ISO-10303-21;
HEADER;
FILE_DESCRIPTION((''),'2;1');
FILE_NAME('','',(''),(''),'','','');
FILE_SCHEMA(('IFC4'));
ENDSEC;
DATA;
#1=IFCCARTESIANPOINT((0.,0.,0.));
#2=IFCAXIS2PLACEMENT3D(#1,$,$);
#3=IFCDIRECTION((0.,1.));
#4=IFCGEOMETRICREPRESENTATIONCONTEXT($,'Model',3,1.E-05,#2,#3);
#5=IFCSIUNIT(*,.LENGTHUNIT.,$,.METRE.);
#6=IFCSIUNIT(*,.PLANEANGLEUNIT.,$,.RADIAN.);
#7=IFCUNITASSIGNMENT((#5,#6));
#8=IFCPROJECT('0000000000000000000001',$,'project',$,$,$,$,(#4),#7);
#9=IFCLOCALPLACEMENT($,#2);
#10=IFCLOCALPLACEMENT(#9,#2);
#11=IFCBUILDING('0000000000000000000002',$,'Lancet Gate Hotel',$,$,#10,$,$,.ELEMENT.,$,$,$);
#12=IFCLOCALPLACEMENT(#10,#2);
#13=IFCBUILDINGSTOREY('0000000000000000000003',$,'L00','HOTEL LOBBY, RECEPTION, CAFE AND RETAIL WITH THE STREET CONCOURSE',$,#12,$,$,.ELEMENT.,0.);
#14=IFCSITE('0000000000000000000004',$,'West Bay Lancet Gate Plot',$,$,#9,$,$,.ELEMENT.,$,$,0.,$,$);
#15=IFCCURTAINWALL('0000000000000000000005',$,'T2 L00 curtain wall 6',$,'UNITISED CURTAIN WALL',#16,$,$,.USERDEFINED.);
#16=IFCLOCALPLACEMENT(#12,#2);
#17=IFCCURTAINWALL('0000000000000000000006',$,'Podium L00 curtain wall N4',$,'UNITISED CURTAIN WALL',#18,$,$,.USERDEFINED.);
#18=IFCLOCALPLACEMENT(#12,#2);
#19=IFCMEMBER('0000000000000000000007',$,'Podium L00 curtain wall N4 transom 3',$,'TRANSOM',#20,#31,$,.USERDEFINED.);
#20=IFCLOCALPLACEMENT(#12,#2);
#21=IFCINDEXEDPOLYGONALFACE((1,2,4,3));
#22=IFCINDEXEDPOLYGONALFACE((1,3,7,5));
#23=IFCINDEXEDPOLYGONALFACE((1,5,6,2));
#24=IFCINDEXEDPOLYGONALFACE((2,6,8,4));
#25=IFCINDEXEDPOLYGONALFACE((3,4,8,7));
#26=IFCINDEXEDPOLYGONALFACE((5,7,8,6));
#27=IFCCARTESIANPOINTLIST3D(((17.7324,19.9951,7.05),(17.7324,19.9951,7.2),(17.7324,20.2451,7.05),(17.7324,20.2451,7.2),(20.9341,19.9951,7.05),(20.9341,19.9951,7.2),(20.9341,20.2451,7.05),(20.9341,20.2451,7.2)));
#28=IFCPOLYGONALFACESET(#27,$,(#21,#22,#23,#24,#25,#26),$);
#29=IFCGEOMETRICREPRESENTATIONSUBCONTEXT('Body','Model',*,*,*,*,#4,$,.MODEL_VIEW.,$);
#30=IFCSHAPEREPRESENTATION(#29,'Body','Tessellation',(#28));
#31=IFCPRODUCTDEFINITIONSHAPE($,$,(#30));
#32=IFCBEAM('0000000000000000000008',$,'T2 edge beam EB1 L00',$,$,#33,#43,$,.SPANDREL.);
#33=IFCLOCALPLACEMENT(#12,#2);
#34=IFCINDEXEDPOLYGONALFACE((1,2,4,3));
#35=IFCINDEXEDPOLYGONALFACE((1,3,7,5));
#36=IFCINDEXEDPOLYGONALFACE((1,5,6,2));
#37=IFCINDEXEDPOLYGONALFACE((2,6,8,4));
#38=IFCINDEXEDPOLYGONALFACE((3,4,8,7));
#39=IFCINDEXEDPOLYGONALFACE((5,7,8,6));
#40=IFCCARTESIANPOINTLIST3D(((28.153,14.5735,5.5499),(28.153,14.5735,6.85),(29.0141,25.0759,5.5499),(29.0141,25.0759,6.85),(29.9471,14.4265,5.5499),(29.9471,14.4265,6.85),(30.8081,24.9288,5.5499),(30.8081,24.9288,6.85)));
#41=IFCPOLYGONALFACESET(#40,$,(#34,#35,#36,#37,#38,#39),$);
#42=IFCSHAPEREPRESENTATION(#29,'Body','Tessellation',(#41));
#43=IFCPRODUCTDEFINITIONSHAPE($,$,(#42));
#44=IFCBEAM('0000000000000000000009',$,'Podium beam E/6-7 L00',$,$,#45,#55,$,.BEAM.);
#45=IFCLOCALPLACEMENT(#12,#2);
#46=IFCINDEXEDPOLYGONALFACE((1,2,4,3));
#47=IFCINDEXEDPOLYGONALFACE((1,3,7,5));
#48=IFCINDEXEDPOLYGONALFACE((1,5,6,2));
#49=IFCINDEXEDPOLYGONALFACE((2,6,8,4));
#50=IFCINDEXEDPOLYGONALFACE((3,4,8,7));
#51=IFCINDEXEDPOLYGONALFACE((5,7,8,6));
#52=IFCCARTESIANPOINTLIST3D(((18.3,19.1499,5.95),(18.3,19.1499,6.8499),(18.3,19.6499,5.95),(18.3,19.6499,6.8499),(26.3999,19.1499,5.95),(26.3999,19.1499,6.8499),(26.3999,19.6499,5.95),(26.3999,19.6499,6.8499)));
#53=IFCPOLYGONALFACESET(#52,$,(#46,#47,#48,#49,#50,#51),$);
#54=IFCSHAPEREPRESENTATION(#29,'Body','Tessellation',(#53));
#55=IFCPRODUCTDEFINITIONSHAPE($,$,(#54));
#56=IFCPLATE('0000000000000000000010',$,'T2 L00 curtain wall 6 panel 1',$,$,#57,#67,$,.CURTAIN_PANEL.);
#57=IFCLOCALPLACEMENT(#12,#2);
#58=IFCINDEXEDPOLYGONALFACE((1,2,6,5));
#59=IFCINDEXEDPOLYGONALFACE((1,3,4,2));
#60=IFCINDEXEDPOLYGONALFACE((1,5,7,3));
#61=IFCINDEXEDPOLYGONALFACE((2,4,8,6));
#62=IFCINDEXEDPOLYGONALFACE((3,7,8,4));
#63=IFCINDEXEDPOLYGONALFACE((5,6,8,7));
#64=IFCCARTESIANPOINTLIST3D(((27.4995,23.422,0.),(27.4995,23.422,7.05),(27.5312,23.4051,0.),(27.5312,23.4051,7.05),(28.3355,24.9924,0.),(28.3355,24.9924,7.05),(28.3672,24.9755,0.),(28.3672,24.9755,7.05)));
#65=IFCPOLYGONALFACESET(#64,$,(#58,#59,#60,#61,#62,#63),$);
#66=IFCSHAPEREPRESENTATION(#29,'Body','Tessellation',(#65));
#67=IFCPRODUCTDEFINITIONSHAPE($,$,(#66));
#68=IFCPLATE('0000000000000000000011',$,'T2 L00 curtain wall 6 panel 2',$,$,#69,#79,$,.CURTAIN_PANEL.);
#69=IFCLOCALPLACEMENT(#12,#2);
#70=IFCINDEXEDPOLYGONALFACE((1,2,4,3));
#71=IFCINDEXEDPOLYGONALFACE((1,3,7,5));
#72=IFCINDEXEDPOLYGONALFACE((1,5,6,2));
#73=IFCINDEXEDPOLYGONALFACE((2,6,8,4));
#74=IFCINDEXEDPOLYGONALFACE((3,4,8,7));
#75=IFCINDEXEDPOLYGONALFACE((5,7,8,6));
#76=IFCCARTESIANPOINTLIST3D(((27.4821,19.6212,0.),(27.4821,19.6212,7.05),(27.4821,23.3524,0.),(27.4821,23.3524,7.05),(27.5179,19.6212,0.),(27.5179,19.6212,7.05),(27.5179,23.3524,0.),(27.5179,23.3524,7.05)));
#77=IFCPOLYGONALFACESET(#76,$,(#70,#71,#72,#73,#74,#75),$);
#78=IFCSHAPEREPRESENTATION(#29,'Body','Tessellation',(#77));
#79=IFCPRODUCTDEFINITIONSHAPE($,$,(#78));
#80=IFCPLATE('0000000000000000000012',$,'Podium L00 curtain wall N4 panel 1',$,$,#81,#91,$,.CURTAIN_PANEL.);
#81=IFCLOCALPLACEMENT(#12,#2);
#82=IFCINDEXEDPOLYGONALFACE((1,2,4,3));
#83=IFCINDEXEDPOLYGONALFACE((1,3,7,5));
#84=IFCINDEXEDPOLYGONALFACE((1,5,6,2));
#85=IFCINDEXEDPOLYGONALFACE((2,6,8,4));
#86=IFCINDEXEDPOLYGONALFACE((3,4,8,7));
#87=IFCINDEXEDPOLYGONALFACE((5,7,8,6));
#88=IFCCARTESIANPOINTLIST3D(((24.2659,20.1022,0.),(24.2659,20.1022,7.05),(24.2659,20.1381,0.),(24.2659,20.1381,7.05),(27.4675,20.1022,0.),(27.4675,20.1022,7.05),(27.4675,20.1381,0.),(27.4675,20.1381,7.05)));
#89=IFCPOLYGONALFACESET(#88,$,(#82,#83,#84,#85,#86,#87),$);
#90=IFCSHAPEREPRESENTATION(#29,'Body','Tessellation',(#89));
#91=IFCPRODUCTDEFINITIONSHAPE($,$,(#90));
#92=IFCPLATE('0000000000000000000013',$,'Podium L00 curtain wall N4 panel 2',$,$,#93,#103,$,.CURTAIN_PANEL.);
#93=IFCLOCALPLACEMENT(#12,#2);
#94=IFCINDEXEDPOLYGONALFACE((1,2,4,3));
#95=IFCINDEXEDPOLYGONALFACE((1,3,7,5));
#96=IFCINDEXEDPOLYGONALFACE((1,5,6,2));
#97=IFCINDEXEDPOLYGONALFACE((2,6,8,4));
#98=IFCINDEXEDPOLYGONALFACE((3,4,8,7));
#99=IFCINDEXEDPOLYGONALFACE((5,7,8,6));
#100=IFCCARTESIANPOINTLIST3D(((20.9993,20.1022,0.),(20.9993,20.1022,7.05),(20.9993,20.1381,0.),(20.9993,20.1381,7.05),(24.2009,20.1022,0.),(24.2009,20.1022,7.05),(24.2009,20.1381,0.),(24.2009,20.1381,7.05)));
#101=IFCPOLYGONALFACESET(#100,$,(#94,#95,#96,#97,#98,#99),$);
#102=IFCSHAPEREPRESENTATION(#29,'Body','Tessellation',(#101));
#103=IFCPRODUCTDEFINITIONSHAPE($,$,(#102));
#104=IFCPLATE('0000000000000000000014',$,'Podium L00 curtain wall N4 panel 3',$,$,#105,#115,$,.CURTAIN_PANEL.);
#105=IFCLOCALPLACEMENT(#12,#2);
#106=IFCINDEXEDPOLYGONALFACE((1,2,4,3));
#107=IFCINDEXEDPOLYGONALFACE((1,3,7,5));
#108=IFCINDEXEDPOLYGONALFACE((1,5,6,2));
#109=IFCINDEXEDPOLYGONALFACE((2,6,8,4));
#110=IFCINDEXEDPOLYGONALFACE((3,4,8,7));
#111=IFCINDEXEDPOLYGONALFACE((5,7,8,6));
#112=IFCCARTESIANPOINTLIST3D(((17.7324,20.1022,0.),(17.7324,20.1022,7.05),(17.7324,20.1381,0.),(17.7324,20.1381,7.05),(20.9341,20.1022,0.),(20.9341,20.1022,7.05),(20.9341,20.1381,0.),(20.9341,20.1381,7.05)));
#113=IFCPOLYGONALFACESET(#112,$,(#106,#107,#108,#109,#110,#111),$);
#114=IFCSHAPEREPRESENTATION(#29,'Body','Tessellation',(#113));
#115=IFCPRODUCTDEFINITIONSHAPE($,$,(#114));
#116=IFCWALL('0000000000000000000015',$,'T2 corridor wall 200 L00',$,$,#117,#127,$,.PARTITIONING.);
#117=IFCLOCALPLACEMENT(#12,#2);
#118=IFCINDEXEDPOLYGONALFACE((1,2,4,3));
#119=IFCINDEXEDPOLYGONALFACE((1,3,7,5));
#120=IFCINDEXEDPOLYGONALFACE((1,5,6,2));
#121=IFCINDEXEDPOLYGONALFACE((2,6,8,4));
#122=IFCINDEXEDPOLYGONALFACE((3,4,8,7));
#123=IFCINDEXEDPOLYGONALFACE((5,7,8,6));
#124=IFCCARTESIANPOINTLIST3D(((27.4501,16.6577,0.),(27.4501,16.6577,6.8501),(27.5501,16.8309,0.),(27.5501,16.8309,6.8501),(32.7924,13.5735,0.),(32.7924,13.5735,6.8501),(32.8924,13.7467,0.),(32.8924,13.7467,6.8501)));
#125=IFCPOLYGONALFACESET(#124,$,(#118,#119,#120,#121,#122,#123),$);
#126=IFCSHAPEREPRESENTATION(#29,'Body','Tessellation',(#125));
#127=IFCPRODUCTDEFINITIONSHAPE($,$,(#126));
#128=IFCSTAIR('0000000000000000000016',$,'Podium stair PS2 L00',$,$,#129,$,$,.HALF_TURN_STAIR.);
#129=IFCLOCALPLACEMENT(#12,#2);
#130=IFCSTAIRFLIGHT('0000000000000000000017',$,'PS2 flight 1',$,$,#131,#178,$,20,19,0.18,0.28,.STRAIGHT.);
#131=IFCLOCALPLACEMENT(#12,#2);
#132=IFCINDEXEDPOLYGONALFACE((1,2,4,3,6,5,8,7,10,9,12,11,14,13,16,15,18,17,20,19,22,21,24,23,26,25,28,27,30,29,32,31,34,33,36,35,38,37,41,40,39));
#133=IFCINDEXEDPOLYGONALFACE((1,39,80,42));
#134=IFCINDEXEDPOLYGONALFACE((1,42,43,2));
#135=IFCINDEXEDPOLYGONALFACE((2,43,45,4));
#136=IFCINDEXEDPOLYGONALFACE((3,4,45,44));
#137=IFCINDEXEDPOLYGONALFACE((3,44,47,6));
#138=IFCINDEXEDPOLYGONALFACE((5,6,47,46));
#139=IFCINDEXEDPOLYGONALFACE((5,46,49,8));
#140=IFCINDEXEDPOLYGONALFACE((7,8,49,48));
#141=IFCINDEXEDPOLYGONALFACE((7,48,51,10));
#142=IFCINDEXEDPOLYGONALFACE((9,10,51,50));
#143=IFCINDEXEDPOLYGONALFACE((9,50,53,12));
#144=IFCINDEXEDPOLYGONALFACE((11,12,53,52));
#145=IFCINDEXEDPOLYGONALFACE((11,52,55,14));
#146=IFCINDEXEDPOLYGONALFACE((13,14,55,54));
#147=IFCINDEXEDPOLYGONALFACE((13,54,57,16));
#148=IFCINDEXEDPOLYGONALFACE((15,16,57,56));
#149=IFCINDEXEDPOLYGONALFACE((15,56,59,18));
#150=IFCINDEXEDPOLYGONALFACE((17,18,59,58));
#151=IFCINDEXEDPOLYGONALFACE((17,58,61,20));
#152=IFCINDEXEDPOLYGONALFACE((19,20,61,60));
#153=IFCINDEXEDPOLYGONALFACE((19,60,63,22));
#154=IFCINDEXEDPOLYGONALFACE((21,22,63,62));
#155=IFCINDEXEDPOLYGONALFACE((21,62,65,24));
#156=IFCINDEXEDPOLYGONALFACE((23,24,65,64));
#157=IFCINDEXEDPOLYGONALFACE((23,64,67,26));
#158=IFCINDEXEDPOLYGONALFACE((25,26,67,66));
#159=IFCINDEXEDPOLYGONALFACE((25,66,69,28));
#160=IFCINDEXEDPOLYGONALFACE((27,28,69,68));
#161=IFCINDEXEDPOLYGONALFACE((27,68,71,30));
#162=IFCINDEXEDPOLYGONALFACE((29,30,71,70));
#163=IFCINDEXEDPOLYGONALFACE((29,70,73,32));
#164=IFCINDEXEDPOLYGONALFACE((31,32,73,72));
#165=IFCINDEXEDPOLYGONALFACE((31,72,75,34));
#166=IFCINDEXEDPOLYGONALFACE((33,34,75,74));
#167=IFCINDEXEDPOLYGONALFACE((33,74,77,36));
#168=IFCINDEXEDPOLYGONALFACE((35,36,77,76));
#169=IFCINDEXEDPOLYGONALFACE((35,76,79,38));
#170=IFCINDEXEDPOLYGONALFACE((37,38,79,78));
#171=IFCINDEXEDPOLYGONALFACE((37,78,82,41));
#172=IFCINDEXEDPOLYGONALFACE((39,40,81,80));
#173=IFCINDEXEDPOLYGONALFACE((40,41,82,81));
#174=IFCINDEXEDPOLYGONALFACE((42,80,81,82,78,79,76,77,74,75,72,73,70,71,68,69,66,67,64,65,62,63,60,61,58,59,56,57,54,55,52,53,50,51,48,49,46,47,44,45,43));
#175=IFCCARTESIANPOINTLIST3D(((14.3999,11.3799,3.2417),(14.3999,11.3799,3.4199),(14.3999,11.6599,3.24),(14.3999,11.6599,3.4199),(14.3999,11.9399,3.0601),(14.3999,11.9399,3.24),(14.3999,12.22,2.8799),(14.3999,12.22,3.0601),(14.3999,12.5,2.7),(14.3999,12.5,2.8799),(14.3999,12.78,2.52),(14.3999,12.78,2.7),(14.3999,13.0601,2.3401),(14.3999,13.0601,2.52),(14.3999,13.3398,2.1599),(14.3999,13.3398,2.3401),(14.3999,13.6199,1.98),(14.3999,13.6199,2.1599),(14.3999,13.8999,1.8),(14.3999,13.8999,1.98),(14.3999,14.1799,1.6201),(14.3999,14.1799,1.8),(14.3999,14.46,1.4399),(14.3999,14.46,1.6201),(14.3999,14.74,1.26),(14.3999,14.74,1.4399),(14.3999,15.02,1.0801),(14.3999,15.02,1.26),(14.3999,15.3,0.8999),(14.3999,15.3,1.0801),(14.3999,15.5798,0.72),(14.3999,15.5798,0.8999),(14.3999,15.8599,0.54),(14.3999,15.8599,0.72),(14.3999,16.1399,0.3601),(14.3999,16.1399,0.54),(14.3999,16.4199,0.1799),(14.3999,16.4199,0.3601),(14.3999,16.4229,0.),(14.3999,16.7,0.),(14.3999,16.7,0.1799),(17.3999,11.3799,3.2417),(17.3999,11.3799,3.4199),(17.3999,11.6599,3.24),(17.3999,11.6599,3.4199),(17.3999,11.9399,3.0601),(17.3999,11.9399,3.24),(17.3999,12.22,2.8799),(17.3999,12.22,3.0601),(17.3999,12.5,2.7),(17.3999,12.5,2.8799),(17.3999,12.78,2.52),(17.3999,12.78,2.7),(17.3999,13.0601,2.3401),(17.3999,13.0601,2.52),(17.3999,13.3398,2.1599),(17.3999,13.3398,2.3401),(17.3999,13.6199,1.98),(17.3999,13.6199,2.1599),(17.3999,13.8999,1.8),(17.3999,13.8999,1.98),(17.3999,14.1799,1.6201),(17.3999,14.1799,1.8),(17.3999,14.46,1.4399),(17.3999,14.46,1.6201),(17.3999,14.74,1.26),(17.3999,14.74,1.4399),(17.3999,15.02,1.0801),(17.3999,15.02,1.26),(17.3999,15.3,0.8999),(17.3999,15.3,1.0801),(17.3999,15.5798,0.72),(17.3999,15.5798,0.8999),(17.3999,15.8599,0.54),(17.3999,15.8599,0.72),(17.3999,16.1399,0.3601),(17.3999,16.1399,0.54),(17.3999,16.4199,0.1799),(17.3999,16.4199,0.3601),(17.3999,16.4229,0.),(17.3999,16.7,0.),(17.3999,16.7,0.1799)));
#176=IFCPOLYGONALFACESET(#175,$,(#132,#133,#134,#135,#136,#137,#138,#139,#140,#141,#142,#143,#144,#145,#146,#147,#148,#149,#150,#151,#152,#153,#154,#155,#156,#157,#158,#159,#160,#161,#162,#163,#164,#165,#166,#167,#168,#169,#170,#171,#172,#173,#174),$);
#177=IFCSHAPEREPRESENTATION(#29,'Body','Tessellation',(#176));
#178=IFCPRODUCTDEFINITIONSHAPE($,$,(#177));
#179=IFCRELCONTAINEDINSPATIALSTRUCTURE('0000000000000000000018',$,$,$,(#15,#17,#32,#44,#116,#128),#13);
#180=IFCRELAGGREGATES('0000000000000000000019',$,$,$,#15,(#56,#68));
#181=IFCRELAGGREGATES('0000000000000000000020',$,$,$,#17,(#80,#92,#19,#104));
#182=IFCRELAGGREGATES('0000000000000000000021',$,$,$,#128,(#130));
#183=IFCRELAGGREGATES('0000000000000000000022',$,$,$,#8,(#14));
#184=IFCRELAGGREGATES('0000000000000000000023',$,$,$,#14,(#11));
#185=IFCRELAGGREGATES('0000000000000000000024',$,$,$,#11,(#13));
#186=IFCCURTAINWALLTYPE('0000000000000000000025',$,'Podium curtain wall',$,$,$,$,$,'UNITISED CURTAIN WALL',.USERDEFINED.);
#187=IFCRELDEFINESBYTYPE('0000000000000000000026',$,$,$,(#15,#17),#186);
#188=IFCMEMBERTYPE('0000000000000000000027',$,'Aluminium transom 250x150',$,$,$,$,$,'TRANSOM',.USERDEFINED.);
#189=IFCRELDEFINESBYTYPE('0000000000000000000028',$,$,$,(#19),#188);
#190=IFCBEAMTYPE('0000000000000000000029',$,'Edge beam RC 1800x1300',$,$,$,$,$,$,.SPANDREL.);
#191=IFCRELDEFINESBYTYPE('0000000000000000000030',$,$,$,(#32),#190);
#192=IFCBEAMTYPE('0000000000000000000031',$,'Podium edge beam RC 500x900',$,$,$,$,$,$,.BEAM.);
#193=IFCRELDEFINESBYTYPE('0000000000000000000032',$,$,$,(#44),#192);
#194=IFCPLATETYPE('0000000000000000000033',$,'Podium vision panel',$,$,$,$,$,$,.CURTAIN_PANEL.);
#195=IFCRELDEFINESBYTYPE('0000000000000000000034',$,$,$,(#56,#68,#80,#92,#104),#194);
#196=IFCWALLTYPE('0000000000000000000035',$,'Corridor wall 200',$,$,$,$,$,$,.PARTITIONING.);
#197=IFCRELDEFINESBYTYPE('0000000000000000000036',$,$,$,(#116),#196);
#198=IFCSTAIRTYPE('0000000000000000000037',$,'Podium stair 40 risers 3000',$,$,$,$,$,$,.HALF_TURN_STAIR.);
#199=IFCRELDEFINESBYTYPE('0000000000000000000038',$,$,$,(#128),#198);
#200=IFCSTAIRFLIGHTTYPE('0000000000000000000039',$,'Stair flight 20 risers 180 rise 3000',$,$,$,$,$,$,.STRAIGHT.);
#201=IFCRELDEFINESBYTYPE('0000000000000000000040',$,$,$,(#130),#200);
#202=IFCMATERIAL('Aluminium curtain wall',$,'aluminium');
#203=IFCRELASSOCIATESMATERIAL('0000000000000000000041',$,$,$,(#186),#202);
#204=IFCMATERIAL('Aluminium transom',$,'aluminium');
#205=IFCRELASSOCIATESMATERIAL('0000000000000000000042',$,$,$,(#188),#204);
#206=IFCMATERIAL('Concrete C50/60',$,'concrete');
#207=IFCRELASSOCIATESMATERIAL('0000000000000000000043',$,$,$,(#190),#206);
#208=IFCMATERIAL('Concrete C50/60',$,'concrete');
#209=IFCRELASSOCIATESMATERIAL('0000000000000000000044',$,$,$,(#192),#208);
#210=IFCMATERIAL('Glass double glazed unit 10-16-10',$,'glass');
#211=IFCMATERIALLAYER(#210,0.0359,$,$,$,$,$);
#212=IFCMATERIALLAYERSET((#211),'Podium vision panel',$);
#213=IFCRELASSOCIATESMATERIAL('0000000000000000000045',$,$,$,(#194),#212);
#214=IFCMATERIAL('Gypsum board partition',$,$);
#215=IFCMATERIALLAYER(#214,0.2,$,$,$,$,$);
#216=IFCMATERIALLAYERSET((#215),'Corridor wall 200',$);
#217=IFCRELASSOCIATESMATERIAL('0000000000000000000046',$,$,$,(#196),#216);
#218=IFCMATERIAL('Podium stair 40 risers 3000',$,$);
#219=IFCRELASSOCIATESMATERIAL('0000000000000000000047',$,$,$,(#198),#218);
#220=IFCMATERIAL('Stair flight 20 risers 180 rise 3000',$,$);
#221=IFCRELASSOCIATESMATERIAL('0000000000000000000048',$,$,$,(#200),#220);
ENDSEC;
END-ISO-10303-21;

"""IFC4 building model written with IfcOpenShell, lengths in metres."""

from ifc_helpers import new_model, si_unit, direction, frame, frame_2d, origin, origin_2d, place, context, subcontext, project, spatial, polyline, rectangle, outline, extrude, material, layer, layer_set, material_profile, profile_set, type_object, element, aggregate, save


model = new_model("IFC4")

# Units and contexts
model_context = context("Model", 3, precision=1e-05, world=origin(), true_north=direction((0.0, 1.0)))
body_context = subcontext(model_context, "Body", "Model", "MODEL_VIEW")
ifc_project = project(units=[si_unit("LENGTHUNIT", "METRE"), si_unit("PLANEANGLEUNIT", "RADIAN")], contexts=[model_context])

# Site, building, storey
site_placement = place(None, origin())
site = spatial("IfcSite", under=ifc_project, at=site_placement, Name="West Bay Lancet Gate Plot", CompositionType="ELEMENT", RefElevation=0.0)
building_placement = place(site_placement, origin())
building = spatial("IfcBuilding", under=site, at=building_placement, Name="Lancet Gate Hotel", CompositionType="ELEMENT")
storey_placement = place(building_placement, origin())
storey = spatial("IfcBuildingStorey", under=building, at=storey_placement, Name="L00", Description="HOTEL LOBBY, RECEPTION, CAFE AND RETAIL WITH THE STREET CONCOURSE", CompositionType="ELEMENT", Elevation=0.0)

# Curtain walls
ifc_material_1 = material(Name="Aluminium curtain wall", Category="aluminium")
curtain_wall_type = type_object("IfcCurtainWallType", Name="Podium curtain wall", ElementType="UNITISED CURTAIN WALL", PredefinedType="USERDEFINED", material=ifc_material_1)
curtain_wall_1_placement = place(storey_placement, origin())
curtain_wall_1 = element("IfcCurtainWall", 1, at=curtain_wall_1_placement, inside=storey, type_object=curtain_wall_type, Name="T2 L00 curtain wall 6", ObjectType="UNITISED CURTAIN WALL", PredefinedType="USERDEFINED")
curtain_wall_2_placement = place(storey_placement, origin())
curtain_wall_2 = element("IfcCurtainWall", 2, at=curtain_wall_2_placement, inside=storey, type_object=curtain_wall_type, Name="Podium L00 curtain wall N4", ObjectType="UNITISED CURTAIN WALL", PredefinedType="USERDEFINED")

# Member
ifc_material_2 = material(Name="Aluminium transom", Category="aluminium")
ifc_material_profile_1 = material_profile(ifc_material_2, rectangle(XDim=0.25, YDim=0.1499, at=origin_2d()), Name="TRANSOM 250x150")
ifc_profile_set_1 = profile_set([ifc_material_profile_1], Name="Aluminium transom")
member_type_1 = type_object("IfcMemberType", Name="Aluminium transom 250x150", ElementType="TRANSOM", PredefinedType="USERDEFINED", material=ifc_profile_set_1)
member_1_placement = place(storey_placement, frame((20.9341, 20.1201, 7.125), z_axis=(-1.0, 0.0, 0.0), x_axis=(0.0, -1.0, 0.0)))
member_1 = element("IfcMember", 3, at=member_1_placement, type_object=member_type_1, Name="Podium L00 curtain wall N4 transom 3", ObjectType="TRANSOM", PredefinedType="USERDEFINED", context=body_context, shape_type="SweptSolid", body=[
    extrude(rectangle(XDim=0.25, YDim=0.1499, at=origin_2d()), origin(), (0.0, 0.0, 1.0), 3.2017),
])

# Beams
ifc_material_3 = material(Name="Concrete C50/60", Category="concrete")
ifc_material_profile_2 = material_profile(ifc_material_3, rectangle(XDim=1.8, YDim=1.3, at=origin_2d()), Name="RC 1800x1300")
ifc_profile_set_2 = profile_set([ifc_material_profile_2], Name="Concrete C50/60")
beam_type_1 = type_object("IfcBeamType", Name="Edge beam RC 1800x1300", PredefinedType="SPANDREL", material=ifc_profile_set_2)
beam_1_placement = place(storey_placement, frame((29.05, 14.5, 6.2), z_axis=(0.081715, 0.996656, 0.0), x_axis=(-0.996656, 0.081715, 0.0)))
element("IfcBeam", 4, at=beam_1_placement, inside=storey, type_object=beam_type_1, Name="T2 edge beam EB1 L00", PredefinedType="SPANDREL", context=body_context, shape_type="SweptSolid", body=[
    extrude(rectangle(XDim=1.8, YDim=1.3, at=origin_2d()), origin(), (0.0, 0.0, 1.0), 10.5376),
])
ifc_material_4 = material(Name="Concrete C50/60", Category="concrete")
ifc_material_profile_3 = material_profile(ifc_material_4, rectangle(XDim=0.5, YDim=0.8999, at=origin_2d()), Name="RC 500x900")
ifc_profile_set_3 = profile_set([ifc_material_profile_3], Name="Concrete C50/60")
beam_type_2 = type_object("IfcBeamType", Name="Podium edge beam RC 500x900", PredefinedType="BEAM", material=ifc_profile_set_3)
beam_2_placement = place(storey_placement, frame((18.3, 19.3999, 6.3999), z_axis=(1.0, 0.0, 0.0), x_axis=(0.0, 1.0, 0.0)))
element("IfcBeam", 5, at=beam_2_placement, inside=storey, type_object=beam_type_2, Name="Podium beam E/6-7 L00", PredefinedType="BEAM", context=body_context, shape_type="SweptSolid", body=[
    extrude(rectangle(XDim=0.5, YDim=0.8999, at=origin_2d()), origin(), (0.0, 0.0, 1.0), 8.0999),
])

# Plates
ifc_material_5 = material(Name="Glass double glazed unit 10-16-10", Category="glass")
ifc_layer_1 = layer(ifc_material_5, 0.0359)
ifc_layer_set_1 = layer_set([ifc_layer_1], Name="Podium vision panel")
plate_type = type_object("IfcPlateType", Name="Podium vision panel", PredefinedType="CURTAIN_PANEL", material=ifc_layer_set_1)
plate_1_placement = place(storey_placement, frame((27.9333, 24.1987, 0.0), z_axis=(0.0, 0.0, 1.0), x_axis=(-0.469898, -0.882721, 0.0)))
plate_1 = element("IfcPlate", 6, at=plate_1_placement, type_object=plate_type, Name="T2 L00 curtain wall 6 panel 1", PredefinedType="CURTAIN_PANEL", context=body_context, shape_type="SweptSolid", body=[
    extrude(rectangle(XDim=1.7791, YDim=0.0359, at=origin_2d()), origin(), (0.0, 0.0, 1.0), 7.05),
])
plate_2_placement = place(storey_placement, frame((27.5, 21.4868, 0.0), z_axis=(0.0, 0.0, 1.0), x_axis=(0.0, -1.0, 0.0)))
plate_2 = element("IfcPlate", 7, at=plate_2_placement, type_object=plate_type, Name="T2 L00 curtain wall 6 panel 2", PredefinedType="CURTAIN_PANEL", context=body_context, shape_type="SweptSolid", body=[
    extrude(rectangle(XDim=3.7312, YDim=0.0359, at=origin_2d()), origin(), (0.0, 0.0, 1.0), 7.05),
])
aggregate(curtain_wall_1, [plate_1, plate_2])
plate_3_placement = place(storey_placement, frame((25.8667, 20.1201, 0.0), z_axis=(0.0, 0.0, 1.0), x_axis=(-1.0, 0.0, 0.0)))
plate_3 = element("IfcPlate", 8, at=plate_3_placement, type_object=plate_type, Name="Podium L00 curtain wall N4 panel 1", PredefinedType="CURTAIN_PANEL", context=body_context, shape_type="SweptSolid", body=[
    extrude(rectangle(XDim=3.2017, YDim=0.0359, at=origin_2d()), origin(), (0.0, 0.0, 1.0), 7.05),
])
plate_4_placement = place(storey_placement, frame((22.6001, 20.1201, 0.0), z_axis=(0.0, 0.0, 1.0), x_axis=(-1.0, 0.0, 0.0)))
plate_4 = element("IfcPlate", 9, at=plate_4_placement, type_object=plate_type, Name="Podium L00 curtain wall N4 panel 2", PredefinedType="CURTAIN_PANEL", context=body_context, shape_type="SweptSolid", body=[
    extrude(rectangle(XDim=3.2017, YDim=0.0359, at=origin_2d()), origin(), (0.0, 0.0, 1.0), 7.05),
])
plate_5_placement = place(storey_placement, frame((19.3333, 20.1201, 0.0), z_axis=(0.0, 0.0, 1.0), x_axis=(-1.0, 0.0, 0.0)))
plate_5 = element("IfcPlate", 10, at=plate_5_placement, type_object=plate_type, Name="Podium L00 curtain wall N4 panel 3", PredefinedType="CURTAIN_PANEL", context=body_context, shape_type="SweptSolid", body=[
    extrude(rectangle(XDim=3.2017, YDim=0.0359, at=origin_2d()), origin(), (0.0, 0.0, 1.0), 7.05),
])
aggregate(curtain_wall_2, [plate_3, plate_4, member_1, plate_5])

# Wall
ifc_material_6 = material(Name="Gypsum board partition")
ifc_layer_2 = layer(ifc_material_6, 0.2)
ifc_layer_set_2 = layer_set([ifc_layer_2], Name="Corridor wall 200")
wall_type = type_object("IfcWallType", Name="Corridor wall 200", PredefinedType="PARTITIONING", material=ifc_layer_set_2)
wall_placement = place(storey_placement, frame((27.5, 16.7444, 0.0), z_axis=(0.0, 0.0, 1.0), x_axis=(0.866035, -0.499983, 0.0)))
element("IfcWall", 11, at=wall_placement, inside=storey, type_object=wall_type, Name="T2 corridor wall 200 L00", PredefinedType="PARTITIONING", context=body_context, shape_type="SweptSolid", body=[
    extrude(rectangle(XDim=6.1687, YDim=0.2, at=frame_2d((3.0845, 0.0))), origin(), (0.0, 0.0, 1.0), 6.8501),
])

# Stair, stair flight
ifc_material_7 = material(Name="Podium stair 40 risers 3000")
stair_type = type_object("IfcStairType", Name="Podium stair 40 risers 3000", PredefinedType="HALF_TURN_STAIR", material=ifc_material_7)
stair_placement = place(storey_placement, origin())
stair = element("IfcStair", 12, at=stair_placement, inside=storey, type_object=stair_type, Name="Podium stair PS2 L00", PredefinedType="HALF_TURN_STAIR")
ifc_material_8 = material(Name="Stair flight 20 risers 180 rise 3000")
stair_flight_type = type_object("IfcStairFlightType", Name="Stair flight 20 risers 180 rise 3000", PredefinedType="STRAIGHT", material=ifc_material_8)
stair_flight_placement = place(storey_placement, frame((15.8999, 16.7, 0.0), z_axis=(0.0, 0.0, 1.0), x_axis=(0.0, -1.0, 0.0)))
stair_flight = element("IfcStairFlight", 13, at=stair_flight_placement, type_object=stair_flight_type, Name="PS2 flight 1", NumberOfRisers=20, NumberOfTreads=19, PredefinedType="STRAIGHT", RiserHeight=0.18, TreadLength=0.28, context=body_context, shape_type="SweptSolid", body=[
    extrude(outline(polyline([(0.0, 0.0), (0.0, 0.1799), (0.28, 0.1799), (0.28, 0.3601), (0.5601, 0.3601), (0.5601, 0.54), (0.8401, 0.54), (0.8401, 0.72), (1.1201, 0.72), (1.1201, 0.8999), (1.3999, 0.8999), (1.3999, 1.0801), (1.6799, 1.0801), (1.6799, 1.26), (1.96, 1.26), (1.96, 1.4399), (2.24, 1.4399), (2.24, 1.6201), (2.52, 1.6201), (2.52, 1.8), (2.8, 1.8), (2.8, 1.98), (3.0801, 1.98), (3.0801, 2.1599), (3.3601, 2.1599), (3.3601, 2.3401), (3.6399, 2.3401), (3.6399, 2.52), (3.9199, 2.52), (3.9199, 2.7), (4.2, 2.7), (4.2, 2.8799), (4.48, 2.8799), (4.48, 3.0601), (4.76, 3.0601), (4.76, 3.24), (5.04, 3.24), (5.04, 3.4199), (5.3201, 3.4199), (5.3201, 3.6001), (5.3201, 3.2417), (0.2771, 0.0), (0.0, 0.0)])), frame((0.0, 1.5, 0.0), z_axis=(0.0, -1.0, 0.0), x_axis=(1.0, 0.0, 0.0)), (0.0, 0.0, 1.0), 3.0),
])
aggregate(stair, [stair_flight])

save(model, "model.ifc")
